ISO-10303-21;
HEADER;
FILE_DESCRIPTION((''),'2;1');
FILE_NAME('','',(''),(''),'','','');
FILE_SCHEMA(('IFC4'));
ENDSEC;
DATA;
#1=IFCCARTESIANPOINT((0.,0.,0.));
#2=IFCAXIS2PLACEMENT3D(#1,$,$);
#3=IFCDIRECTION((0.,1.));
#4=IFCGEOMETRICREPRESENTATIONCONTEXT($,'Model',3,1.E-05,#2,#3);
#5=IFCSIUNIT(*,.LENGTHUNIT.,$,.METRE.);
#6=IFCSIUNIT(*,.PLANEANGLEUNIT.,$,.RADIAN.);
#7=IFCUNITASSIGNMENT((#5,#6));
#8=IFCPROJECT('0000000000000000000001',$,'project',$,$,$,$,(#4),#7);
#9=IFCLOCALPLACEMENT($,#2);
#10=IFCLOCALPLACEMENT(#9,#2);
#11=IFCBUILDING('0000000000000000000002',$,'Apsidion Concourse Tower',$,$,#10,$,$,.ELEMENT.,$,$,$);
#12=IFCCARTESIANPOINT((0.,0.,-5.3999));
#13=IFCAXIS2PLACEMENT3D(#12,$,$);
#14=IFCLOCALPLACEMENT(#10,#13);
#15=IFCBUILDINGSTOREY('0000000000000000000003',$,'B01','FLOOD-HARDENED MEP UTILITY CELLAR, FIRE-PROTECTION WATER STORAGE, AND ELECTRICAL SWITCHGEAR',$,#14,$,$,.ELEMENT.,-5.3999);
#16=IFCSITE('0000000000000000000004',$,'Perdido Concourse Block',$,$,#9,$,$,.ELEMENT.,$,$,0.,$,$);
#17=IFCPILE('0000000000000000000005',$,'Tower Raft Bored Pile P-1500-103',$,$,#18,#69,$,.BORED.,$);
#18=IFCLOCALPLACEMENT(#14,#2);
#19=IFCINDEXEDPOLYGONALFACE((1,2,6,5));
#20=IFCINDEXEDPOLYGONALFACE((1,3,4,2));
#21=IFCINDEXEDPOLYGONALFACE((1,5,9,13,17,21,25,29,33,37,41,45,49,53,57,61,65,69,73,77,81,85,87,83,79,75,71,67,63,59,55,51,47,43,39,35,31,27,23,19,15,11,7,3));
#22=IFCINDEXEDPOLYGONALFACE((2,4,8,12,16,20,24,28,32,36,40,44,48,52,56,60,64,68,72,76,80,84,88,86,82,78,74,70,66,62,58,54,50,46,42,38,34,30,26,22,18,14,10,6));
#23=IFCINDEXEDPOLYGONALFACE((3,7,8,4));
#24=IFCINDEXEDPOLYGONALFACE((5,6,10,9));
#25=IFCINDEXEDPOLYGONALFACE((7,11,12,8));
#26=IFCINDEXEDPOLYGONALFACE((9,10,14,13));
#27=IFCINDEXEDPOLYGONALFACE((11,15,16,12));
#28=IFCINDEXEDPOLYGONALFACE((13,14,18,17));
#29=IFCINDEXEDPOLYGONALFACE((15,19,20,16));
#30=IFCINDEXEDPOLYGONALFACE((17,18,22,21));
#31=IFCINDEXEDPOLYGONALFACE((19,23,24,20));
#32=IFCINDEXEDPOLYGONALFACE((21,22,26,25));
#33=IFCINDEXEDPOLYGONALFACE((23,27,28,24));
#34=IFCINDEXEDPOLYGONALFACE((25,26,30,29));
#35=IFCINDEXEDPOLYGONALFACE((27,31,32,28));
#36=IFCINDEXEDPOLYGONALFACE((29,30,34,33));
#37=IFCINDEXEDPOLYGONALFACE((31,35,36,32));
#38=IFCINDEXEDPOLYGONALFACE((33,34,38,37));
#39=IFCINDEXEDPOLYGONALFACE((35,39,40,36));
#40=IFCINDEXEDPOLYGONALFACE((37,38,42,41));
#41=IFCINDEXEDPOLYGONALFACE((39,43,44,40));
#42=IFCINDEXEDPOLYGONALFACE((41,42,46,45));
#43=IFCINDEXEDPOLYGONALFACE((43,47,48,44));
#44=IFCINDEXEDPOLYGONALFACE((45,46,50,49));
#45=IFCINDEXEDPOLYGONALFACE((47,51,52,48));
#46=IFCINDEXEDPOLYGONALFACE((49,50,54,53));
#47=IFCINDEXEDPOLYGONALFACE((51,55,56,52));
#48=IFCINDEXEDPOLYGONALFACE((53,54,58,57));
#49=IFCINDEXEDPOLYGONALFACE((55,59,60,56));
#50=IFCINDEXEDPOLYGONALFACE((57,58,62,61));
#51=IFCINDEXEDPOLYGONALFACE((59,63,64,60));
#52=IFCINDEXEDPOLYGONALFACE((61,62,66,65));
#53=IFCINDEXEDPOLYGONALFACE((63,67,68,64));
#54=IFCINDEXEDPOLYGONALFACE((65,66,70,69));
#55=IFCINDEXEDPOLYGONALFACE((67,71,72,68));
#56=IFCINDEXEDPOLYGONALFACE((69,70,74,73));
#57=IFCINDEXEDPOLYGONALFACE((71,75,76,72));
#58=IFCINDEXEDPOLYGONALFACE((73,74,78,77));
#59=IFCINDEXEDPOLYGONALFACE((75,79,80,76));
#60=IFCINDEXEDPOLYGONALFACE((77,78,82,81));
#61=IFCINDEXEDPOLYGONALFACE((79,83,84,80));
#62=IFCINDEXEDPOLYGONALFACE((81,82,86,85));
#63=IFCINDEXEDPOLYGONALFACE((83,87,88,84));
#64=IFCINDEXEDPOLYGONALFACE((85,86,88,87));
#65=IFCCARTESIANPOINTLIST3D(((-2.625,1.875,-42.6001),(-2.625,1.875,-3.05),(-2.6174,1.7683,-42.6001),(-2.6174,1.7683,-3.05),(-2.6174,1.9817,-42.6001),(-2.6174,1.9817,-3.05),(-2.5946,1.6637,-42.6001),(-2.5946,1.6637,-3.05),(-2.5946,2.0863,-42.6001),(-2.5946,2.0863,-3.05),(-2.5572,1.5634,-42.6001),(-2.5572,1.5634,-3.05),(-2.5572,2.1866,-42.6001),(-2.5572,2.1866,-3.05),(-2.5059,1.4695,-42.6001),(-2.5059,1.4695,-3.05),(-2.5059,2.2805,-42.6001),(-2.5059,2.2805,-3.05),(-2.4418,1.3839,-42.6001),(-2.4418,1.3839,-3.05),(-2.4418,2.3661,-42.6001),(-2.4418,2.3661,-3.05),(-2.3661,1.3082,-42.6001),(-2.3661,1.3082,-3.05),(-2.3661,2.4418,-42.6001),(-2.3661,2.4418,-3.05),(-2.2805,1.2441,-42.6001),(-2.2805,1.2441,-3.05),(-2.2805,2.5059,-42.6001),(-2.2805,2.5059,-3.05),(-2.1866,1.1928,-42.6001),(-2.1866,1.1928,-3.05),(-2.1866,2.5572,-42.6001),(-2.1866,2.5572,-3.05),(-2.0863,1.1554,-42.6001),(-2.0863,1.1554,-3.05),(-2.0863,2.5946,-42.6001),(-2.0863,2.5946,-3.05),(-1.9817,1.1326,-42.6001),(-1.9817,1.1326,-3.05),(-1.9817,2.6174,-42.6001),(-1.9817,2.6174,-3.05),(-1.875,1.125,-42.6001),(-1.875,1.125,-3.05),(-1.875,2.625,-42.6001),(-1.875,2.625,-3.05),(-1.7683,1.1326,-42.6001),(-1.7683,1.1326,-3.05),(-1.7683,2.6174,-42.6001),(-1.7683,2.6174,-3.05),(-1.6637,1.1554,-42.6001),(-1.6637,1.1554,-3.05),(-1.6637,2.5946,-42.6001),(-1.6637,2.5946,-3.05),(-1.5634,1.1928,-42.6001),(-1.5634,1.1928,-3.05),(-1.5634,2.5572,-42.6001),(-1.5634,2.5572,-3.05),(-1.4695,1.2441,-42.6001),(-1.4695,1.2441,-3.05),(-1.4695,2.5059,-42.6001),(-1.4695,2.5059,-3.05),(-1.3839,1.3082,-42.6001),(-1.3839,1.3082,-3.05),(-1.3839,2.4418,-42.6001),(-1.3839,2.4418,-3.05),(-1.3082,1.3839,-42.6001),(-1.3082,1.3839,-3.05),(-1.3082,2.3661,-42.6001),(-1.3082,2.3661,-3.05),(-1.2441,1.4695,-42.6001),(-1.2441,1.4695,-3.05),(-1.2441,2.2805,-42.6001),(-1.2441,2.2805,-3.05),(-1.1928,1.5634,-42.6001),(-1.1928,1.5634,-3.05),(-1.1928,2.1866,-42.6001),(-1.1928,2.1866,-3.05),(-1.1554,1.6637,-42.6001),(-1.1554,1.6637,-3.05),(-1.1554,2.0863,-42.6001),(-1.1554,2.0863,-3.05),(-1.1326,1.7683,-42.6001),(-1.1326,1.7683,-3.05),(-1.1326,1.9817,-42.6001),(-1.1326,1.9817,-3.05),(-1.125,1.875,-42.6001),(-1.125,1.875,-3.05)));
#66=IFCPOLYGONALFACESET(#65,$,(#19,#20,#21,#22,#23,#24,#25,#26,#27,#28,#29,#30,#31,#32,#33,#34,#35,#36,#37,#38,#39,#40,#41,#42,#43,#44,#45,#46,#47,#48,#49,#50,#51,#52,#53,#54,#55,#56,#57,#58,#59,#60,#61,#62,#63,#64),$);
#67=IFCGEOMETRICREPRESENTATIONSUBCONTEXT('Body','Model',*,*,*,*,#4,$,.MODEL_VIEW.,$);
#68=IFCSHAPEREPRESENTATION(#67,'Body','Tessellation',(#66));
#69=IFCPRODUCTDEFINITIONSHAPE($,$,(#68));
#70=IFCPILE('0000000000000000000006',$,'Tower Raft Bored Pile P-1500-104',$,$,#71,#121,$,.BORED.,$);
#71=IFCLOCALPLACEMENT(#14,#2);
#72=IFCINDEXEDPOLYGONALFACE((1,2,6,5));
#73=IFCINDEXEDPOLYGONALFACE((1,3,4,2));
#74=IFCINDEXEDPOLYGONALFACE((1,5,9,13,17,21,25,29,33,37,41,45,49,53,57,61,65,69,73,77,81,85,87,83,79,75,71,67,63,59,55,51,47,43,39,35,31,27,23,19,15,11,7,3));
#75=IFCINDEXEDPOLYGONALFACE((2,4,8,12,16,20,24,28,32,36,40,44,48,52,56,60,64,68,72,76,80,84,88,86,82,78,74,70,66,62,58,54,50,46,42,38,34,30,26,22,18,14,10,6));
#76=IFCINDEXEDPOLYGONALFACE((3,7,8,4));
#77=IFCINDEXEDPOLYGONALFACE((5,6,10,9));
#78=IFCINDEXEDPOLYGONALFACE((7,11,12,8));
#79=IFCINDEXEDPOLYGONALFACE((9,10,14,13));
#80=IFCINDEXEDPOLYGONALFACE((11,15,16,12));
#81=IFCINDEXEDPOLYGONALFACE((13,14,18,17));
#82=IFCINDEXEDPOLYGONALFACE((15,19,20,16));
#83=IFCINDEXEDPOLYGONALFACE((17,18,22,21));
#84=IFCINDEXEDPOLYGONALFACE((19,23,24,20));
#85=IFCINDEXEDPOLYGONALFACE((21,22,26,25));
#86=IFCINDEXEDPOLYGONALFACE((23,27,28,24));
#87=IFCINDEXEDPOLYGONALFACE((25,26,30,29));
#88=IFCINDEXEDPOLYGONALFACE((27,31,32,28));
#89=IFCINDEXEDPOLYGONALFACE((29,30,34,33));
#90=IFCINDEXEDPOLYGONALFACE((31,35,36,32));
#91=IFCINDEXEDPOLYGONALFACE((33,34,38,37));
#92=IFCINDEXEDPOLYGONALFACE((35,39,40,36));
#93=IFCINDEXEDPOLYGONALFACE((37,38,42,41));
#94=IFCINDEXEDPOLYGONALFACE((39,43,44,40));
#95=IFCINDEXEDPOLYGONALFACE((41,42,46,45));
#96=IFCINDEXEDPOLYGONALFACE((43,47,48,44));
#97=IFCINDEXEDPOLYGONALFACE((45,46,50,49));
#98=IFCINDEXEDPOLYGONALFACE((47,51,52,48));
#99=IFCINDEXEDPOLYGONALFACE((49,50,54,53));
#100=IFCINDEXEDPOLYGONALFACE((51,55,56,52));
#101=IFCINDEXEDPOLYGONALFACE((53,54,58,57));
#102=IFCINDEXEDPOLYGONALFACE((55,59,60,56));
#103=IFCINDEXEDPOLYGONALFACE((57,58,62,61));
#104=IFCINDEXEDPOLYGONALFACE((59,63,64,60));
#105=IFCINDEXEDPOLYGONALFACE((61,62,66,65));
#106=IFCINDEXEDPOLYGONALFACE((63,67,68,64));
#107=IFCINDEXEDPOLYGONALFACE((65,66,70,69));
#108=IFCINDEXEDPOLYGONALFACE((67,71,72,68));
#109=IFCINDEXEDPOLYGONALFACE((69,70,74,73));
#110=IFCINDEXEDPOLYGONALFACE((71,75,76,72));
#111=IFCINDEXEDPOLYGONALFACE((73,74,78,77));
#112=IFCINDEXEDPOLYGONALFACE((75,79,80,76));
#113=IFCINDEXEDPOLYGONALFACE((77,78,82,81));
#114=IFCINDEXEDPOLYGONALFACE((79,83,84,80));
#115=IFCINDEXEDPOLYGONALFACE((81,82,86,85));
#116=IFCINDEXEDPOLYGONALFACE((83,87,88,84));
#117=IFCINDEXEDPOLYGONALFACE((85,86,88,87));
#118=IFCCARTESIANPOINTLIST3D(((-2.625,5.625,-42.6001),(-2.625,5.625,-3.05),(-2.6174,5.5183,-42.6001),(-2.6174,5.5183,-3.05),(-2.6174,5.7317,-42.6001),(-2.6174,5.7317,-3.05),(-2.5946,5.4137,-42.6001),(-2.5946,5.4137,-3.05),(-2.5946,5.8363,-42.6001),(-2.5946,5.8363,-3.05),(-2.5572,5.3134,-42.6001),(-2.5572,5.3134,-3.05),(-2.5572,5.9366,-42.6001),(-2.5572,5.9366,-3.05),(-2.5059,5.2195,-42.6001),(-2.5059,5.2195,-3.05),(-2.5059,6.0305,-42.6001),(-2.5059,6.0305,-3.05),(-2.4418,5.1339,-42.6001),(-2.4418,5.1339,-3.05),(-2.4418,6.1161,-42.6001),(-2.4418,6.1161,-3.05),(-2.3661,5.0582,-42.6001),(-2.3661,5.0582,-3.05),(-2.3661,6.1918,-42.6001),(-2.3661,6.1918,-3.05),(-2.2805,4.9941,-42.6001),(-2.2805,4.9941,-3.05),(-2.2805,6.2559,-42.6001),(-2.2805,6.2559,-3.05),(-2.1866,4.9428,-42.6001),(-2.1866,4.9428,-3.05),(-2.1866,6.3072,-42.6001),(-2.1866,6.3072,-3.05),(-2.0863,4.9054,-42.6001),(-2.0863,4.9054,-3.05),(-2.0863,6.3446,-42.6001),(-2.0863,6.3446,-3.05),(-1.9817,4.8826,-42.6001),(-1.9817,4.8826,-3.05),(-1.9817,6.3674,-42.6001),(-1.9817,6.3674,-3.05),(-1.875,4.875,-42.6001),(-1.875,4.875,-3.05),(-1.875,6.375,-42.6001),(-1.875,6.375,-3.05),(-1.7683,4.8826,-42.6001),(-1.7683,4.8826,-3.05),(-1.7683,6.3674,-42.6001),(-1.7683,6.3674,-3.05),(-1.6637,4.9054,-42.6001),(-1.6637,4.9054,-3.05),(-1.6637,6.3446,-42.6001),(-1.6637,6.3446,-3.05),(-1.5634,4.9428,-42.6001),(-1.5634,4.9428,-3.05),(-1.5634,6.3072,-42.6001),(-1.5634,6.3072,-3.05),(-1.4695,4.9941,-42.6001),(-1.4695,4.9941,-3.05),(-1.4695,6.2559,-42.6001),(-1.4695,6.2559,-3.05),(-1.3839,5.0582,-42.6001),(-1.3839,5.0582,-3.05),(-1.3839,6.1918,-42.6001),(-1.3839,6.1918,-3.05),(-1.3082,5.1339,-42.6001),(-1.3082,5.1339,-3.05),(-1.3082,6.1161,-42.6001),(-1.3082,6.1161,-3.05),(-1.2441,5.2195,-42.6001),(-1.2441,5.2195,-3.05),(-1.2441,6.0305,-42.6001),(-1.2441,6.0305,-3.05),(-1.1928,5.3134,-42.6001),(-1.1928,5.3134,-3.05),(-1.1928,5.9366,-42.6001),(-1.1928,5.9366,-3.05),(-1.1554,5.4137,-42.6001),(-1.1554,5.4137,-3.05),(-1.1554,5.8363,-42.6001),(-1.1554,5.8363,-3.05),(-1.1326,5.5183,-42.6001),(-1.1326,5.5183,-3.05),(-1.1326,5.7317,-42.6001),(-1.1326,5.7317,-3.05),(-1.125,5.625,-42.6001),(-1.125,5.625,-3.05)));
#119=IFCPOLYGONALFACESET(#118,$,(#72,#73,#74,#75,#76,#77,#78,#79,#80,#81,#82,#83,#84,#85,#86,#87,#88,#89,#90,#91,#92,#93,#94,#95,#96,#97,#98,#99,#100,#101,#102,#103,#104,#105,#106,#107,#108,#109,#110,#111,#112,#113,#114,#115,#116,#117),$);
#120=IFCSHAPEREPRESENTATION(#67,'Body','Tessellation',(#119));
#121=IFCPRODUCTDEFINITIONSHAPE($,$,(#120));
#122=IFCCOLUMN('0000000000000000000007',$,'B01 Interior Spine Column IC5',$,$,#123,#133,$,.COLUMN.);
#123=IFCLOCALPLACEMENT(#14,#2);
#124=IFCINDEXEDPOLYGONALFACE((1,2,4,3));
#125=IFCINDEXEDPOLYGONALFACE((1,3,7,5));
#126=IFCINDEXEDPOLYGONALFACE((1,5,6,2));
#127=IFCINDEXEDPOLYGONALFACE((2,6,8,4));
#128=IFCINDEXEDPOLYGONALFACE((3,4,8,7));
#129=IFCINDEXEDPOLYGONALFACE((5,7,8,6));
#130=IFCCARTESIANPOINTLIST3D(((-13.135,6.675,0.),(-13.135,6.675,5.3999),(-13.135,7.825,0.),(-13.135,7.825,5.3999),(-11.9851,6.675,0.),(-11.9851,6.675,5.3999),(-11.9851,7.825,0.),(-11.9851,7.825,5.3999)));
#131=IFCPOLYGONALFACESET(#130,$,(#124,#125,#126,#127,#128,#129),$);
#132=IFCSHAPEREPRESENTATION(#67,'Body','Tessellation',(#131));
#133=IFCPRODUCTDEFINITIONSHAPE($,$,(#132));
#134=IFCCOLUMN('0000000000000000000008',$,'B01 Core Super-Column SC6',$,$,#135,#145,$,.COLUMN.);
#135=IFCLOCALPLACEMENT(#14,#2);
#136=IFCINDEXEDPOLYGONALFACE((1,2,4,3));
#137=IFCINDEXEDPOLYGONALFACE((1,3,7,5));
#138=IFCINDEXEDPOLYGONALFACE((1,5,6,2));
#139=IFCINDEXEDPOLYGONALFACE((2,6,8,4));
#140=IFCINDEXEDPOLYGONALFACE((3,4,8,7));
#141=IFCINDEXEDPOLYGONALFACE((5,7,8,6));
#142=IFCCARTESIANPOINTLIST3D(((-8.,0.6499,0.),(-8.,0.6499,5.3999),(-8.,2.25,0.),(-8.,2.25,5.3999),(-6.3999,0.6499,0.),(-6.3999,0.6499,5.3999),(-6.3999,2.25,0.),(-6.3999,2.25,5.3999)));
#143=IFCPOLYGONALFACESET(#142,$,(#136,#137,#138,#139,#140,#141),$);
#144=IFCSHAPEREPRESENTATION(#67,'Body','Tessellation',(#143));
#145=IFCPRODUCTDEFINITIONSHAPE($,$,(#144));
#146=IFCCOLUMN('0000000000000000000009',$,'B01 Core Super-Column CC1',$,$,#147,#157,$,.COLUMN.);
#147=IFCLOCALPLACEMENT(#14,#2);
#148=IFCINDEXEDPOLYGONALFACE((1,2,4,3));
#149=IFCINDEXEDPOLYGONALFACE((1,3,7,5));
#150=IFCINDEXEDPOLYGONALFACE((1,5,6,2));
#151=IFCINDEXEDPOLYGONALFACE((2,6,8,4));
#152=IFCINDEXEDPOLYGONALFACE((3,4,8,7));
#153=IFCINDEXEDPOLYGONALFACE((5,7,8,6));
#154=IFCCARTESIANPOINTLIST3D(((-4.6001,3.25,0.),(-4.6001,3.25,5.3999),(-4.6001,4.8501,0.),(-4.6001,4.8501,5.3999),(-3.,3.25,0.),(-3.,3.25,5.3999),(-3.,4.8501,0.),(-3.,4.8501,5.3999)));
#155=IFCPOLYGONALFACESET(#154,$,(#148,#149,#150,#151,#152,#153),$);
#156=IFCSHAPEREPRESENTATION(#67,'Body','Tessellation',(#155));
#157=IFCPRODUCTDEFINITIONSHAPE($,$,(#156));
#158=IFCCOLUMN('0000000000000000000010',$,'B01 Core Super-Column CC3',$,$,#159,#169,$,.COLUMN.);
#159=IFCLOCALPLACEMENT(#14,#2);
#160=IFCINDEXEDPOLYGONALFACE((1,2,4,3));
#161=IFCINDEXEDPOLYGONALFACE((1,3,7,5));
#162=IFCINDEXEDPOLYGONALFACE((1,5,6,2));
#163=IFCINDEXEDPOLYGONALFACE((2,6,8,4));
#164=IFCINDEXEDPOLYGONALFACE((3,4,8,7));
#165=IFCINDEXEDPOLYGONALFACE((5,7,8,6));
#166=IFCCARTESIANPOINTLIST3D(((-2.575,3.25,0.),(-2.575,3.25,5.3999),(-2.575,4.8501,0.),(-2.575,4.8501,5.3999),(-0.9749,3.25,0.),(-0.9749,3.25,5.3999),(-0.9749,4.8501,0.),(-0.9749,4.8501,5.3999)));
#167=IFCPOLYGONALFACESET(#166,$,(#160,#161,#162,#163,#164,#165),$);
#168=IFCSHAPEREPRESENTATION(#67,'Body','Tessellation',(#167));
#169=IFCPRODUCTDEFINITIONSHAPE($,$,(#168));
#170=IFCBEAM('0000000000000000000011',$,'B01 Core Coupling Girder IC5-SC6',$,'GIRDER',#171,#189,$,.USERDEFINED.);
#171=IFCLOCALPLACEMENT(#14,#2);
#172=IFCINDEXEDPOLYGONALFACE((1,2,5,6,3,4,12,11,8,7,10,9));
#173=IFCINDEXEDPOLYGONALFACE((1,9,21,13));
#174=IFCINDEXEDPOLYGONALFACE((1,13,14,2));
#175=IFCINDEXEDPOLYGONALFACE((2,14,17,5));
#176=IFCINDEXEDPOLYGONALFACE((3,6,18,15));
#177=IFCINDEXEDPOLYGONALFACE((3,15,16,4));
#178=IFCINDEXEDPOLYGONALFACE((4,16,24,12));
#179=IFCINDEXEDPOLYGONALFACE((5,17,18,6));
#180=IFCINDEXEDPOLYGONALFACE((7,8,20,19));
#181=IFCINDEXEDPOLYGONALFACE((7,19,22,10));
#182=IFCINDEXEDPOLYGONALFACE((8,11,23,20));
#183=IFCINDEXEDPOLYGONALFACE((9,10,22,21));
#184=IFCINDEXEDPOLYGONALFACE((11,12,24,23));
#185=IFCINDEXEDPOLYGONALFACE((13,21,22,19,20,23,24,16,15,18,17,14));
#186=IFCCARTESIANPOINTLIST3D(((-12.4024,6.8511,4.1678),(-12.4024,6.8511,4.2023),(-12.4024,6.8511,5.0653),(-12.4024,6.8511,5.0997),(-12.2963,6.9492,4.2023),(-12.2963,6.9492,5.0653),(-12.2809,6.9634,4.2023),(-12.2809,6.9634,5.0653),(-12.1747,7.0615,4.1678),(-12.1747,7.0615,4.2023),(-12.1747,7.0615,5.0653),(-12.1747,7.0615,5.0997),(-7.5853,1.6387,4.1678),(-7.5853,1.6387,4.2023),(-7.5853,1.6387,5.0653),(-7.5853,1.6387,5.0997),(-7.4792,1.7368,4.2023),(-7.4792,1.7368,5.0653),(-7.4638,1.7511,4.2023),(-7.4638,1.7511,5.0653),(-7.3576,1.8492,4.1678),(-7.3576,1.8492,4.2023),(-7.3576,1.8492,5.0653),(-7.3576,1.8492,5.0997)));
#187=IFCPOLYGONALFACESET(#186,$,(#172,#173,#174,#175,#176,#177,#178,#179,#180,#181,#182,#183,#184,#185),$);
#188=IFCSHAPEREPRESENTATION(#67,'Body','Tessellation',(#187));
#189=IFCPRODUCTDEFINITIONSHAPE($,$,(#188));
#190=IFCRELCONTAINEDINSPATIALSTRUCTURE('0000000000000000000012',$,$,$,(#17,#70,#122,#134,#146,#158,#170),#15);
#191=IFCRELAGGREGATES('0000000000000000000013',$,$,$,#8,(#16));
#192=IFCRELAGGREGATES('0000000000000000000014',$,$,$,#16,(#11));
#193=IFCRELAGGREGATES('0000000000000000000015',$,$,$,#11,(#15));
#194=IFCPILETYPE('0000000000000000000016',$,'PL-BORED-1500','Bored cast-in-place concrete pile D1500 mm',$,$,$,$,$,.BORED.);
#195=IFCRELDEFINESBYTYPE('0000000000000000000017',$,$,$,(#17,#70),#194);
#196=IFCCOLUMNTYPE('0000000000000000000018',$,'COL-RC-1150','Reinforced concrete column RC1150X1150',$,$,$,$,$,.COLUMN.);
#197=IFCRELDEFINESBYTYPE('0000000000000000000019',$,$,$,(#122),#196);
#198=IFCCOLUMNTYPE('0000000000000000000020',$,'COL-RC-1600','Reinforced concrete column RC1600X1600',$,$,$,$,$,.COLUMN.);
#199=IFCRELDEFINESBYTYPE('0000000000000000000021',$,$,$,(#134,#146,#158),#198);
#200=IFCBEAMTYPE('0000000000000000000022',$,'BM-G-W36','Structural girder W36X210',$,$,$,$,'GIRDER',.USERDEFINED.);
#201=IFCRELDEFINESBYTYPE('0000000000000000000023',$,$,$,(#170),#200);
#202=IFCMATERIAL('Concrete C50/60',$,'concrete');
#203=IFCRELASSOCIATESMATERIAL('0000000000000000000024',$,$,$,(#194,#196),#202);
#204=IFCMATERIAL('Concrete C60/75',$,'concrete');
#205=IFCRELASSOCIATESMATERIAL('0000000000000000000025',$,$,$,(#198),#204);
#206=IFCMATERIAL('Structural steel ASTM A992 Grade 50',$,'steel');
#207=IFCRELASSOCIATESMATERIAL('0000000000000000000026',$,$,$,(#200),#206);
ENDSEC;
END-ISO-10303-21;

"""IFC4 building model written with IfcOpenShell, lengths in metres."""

from ifc_helpers import new_model, si_unit, direction, frame, origin, origin_2d, place, context, subcontext, project, spatial, rectangle, circle, i_section, extrude, material, material_profile, profile_set, type_object, element, save


model = new_model("IFC4")

# Units and contexts
model_context = context("Model", 3, precision=1e-05, world=origin(), true_north=direction((0.0, 1.0)))
body_context = subcontext(model_context, "Body", "Model", "MODEL_VIEW")
ifc_project = project(units=[si_unit("LENGTHUNIT", "METRE"), si_unit("PLANEANGLEUNIT", "RADIAN")], contexts=[model_context])

# Site, building, storey
site_placement = place(None, origin())
site = spatial("IfcSite", under=ifc_project, at=site_placement, Name="Perdido Concourse Block", CompositionType="ELEMENT", RefElevation=0.0)
building_placement = place(site_placement, origin())
building = spatial("IfcBuilding", under=site, at=building_placement, Name="Apsidion Concourse Tower", CompositionType="ELEMENT")
storey_placement = place(building_placement, frame((0.0, 0.0, -5.3999)))
storey = spatial("IfcBuildingStorey", under=building, at=storey_placement, Name="B01", Description="FLOOD-HARDENED MEP UTILITY CELLAR, FIRE-PROTECTION WATER STORAGE, AND ELECTRICAL SWITCHGEAR", CompositionType="ELEMENT", Elevation=-5.3999)

# Shared definitions
ifc_material_1 = material(Name="Concrete C50/60", Category="concrete")

# Piles
ifc_material_profile_1 = material_profile(ifc_material_1, circle(Radius=0.75, at=origin_2d()), Name="BORED PILE D1500")
ifc_profile_set_1 = profile_set([ifc_material_profile_1], Name="Concrete C50/60")
pile_type = type_object("IfcPileType", Name="PL-BORED-1500", Description="Bored cast-in-place concrete pile D1500 mm", PredefinedType="BORED", material=ifc_profile_set_1)
for number, where, z_axis, x_axis, name in (
    (1, (-1.875, 1.875, -3.05), (0.0, 0.0, -1.0), (1.0, 0.0, 0.0), "Tower Raft Bored Pile P-1500-103"),
    (2, (-1.875, 5.625, -3.05), (0.0, 0.0, -1.0), (1.0, 0.0, 0.0), "Tower Raft Bored Pile P-1500-104"),
):
    element("IfcPile", number, at=place(storey_placement, frame(where, z_axis=z_axis, x_axis=x_axis)), inside=storey, type_object=pile_type, Name=name, PredefinedType="BORED", context=body_context, shape_type="SweptSolid", body=[
        extrude(circle(Radius=0.75, at=origin_2d()), origin(), (0.0, 0.0, 1.0), 39.55),
    ])

# Columns
ifc_material_profile_2 = material_profile(ifc_material_1, rectangle(XDim=1.1499, YDim=1.1499, at=origin_2d()), Name="RC 1150x1150")
ifc_profile_set_2 = profile_set([ifc_material_profile_2], Name="Concrete C50/60")
column_type_1 = type_object("IfcColumnType", Name="COL-RC-1150", Description="Reinforced concrete column RC1150X1150", PredefinedType="COLUMN", material=ifc_profile_set_2)
column_placement = place(storey_placement, frame((-12.5601, 7.25, 0.0), z_axis=(0.0, 0.0, 1.0), x_axis=(1.0, 0.0, 0.0)))
element("IfcColumn", 3, at=column_placement, inside=storey, type_object=column_type_1, Name="B01 Interior Spine Column IC5", PredefinedType="COLUMN", context=body_context, shape_type="SweptSolid", body=[
    extrude(rectangle(XDim=1.1499, YDim=1.1499, at=origin_2d()), origin(), (0.0, 0.0, 1.0), 5.3999),
])
ifc_material_2 = material(Name="Concrete C60/75", Category="concrete")
ifc_material_profile_3 = material_profile(ifc_material_2, rectangle(XDim=1.6001, YDim=1.6001, at=origin_2d()), Name="RC 1600x1600")
ifc_profile_set_3 = profile_set([ifc_material_profile_3], Name="Concrete C60/75")
column_type_2 = type_object("IfcColumnType", Name="COL-RC-1600", Description="Reinforced concrete column RC1600X1600", PredefinedType="COLUMN", material=ifc_profile_set_3)
for number, where, z_axis, x_axis, name in (
    (4, (-7.2, 1.45, 0.0), (0.0, 0.0, 1.0), (1.0, 0.0, 0.0), "B01 Core Super-Column SC6"),
    (5, (-3.8, 4.05, 0.0), (0.0, 0.0, 1.0), (1.0, 0.0, 0.0), "B01 Core Super-Column CC1"),
    (6, (-1.7749, 4.05, 0.0), (0.0, 0.0, 1.0), (1.0, 0.0, 0.0), "B01 Core Super-Column CC3"),
):
    element("IfcColumn", number, at=place(storey_placement, frame(where, z_axis=z_axis, x_axis=x_axis)), inside=storey, type_object=column_type_2, Name=name, PredefinedType="COLUMN", context=body_context, shape_type="SweptSolid", body=[
        extrude(rectangle(XDim=1.6001, YDim=1.6001, at=origin_2d()), origin(), (0.0, 0.0, 1.0), 5.3999),
    ])

# Beam
ifc_material_3 = material(Name="Structural steel ASTM A992 Grade 50", Category="steel")
ifc_material_profile_4 = material_profile(ifc_material_3, i_section(OverallWidth=0.3101, OverallDepth=0.9319, WebThickness=0.021, FlangeThickness=0.0344, at=origin_2d()), Name="W36X210")
ifc_profile_set_4 = profile_set([ifc_material_profile_4], Name="Structural steel ASTM A992 Grade 50")
beam_type = type_object("IfcBeamType", Name="BM-G-W36", Description="Structural girder W36X210", ElementType="GIRDER", PredefinedType="USERDEFINED", material=ifc_profile_set_4)
beam_placement = place(storey_placement, frame((-12.2886, 6.9563, 4.6338), z_axis=(0.678713, -0.734404, 0.0), x_axis=(0.734404, 0.678713, 0.0)))
element("IfcBeam", 7, at=beam_placement, inside=storey, type_object=beam_type, Name="B01 Core Coupling Girder IC5-SC6", ObjectType="GIRDER", PredefinedType="USERDEFINED", context=body_context, shape_type="SweptSolid", body=[
    extrude(i_section(OverallWidth=0.3101, OverallDepth=0.9319, WebThickness=0.021, FlangeThickness=0.0344, at=origin_2d()), origin(), (0.0, 0.0, 1.0), 7.0974),
])

save(model, "model.ifc")
